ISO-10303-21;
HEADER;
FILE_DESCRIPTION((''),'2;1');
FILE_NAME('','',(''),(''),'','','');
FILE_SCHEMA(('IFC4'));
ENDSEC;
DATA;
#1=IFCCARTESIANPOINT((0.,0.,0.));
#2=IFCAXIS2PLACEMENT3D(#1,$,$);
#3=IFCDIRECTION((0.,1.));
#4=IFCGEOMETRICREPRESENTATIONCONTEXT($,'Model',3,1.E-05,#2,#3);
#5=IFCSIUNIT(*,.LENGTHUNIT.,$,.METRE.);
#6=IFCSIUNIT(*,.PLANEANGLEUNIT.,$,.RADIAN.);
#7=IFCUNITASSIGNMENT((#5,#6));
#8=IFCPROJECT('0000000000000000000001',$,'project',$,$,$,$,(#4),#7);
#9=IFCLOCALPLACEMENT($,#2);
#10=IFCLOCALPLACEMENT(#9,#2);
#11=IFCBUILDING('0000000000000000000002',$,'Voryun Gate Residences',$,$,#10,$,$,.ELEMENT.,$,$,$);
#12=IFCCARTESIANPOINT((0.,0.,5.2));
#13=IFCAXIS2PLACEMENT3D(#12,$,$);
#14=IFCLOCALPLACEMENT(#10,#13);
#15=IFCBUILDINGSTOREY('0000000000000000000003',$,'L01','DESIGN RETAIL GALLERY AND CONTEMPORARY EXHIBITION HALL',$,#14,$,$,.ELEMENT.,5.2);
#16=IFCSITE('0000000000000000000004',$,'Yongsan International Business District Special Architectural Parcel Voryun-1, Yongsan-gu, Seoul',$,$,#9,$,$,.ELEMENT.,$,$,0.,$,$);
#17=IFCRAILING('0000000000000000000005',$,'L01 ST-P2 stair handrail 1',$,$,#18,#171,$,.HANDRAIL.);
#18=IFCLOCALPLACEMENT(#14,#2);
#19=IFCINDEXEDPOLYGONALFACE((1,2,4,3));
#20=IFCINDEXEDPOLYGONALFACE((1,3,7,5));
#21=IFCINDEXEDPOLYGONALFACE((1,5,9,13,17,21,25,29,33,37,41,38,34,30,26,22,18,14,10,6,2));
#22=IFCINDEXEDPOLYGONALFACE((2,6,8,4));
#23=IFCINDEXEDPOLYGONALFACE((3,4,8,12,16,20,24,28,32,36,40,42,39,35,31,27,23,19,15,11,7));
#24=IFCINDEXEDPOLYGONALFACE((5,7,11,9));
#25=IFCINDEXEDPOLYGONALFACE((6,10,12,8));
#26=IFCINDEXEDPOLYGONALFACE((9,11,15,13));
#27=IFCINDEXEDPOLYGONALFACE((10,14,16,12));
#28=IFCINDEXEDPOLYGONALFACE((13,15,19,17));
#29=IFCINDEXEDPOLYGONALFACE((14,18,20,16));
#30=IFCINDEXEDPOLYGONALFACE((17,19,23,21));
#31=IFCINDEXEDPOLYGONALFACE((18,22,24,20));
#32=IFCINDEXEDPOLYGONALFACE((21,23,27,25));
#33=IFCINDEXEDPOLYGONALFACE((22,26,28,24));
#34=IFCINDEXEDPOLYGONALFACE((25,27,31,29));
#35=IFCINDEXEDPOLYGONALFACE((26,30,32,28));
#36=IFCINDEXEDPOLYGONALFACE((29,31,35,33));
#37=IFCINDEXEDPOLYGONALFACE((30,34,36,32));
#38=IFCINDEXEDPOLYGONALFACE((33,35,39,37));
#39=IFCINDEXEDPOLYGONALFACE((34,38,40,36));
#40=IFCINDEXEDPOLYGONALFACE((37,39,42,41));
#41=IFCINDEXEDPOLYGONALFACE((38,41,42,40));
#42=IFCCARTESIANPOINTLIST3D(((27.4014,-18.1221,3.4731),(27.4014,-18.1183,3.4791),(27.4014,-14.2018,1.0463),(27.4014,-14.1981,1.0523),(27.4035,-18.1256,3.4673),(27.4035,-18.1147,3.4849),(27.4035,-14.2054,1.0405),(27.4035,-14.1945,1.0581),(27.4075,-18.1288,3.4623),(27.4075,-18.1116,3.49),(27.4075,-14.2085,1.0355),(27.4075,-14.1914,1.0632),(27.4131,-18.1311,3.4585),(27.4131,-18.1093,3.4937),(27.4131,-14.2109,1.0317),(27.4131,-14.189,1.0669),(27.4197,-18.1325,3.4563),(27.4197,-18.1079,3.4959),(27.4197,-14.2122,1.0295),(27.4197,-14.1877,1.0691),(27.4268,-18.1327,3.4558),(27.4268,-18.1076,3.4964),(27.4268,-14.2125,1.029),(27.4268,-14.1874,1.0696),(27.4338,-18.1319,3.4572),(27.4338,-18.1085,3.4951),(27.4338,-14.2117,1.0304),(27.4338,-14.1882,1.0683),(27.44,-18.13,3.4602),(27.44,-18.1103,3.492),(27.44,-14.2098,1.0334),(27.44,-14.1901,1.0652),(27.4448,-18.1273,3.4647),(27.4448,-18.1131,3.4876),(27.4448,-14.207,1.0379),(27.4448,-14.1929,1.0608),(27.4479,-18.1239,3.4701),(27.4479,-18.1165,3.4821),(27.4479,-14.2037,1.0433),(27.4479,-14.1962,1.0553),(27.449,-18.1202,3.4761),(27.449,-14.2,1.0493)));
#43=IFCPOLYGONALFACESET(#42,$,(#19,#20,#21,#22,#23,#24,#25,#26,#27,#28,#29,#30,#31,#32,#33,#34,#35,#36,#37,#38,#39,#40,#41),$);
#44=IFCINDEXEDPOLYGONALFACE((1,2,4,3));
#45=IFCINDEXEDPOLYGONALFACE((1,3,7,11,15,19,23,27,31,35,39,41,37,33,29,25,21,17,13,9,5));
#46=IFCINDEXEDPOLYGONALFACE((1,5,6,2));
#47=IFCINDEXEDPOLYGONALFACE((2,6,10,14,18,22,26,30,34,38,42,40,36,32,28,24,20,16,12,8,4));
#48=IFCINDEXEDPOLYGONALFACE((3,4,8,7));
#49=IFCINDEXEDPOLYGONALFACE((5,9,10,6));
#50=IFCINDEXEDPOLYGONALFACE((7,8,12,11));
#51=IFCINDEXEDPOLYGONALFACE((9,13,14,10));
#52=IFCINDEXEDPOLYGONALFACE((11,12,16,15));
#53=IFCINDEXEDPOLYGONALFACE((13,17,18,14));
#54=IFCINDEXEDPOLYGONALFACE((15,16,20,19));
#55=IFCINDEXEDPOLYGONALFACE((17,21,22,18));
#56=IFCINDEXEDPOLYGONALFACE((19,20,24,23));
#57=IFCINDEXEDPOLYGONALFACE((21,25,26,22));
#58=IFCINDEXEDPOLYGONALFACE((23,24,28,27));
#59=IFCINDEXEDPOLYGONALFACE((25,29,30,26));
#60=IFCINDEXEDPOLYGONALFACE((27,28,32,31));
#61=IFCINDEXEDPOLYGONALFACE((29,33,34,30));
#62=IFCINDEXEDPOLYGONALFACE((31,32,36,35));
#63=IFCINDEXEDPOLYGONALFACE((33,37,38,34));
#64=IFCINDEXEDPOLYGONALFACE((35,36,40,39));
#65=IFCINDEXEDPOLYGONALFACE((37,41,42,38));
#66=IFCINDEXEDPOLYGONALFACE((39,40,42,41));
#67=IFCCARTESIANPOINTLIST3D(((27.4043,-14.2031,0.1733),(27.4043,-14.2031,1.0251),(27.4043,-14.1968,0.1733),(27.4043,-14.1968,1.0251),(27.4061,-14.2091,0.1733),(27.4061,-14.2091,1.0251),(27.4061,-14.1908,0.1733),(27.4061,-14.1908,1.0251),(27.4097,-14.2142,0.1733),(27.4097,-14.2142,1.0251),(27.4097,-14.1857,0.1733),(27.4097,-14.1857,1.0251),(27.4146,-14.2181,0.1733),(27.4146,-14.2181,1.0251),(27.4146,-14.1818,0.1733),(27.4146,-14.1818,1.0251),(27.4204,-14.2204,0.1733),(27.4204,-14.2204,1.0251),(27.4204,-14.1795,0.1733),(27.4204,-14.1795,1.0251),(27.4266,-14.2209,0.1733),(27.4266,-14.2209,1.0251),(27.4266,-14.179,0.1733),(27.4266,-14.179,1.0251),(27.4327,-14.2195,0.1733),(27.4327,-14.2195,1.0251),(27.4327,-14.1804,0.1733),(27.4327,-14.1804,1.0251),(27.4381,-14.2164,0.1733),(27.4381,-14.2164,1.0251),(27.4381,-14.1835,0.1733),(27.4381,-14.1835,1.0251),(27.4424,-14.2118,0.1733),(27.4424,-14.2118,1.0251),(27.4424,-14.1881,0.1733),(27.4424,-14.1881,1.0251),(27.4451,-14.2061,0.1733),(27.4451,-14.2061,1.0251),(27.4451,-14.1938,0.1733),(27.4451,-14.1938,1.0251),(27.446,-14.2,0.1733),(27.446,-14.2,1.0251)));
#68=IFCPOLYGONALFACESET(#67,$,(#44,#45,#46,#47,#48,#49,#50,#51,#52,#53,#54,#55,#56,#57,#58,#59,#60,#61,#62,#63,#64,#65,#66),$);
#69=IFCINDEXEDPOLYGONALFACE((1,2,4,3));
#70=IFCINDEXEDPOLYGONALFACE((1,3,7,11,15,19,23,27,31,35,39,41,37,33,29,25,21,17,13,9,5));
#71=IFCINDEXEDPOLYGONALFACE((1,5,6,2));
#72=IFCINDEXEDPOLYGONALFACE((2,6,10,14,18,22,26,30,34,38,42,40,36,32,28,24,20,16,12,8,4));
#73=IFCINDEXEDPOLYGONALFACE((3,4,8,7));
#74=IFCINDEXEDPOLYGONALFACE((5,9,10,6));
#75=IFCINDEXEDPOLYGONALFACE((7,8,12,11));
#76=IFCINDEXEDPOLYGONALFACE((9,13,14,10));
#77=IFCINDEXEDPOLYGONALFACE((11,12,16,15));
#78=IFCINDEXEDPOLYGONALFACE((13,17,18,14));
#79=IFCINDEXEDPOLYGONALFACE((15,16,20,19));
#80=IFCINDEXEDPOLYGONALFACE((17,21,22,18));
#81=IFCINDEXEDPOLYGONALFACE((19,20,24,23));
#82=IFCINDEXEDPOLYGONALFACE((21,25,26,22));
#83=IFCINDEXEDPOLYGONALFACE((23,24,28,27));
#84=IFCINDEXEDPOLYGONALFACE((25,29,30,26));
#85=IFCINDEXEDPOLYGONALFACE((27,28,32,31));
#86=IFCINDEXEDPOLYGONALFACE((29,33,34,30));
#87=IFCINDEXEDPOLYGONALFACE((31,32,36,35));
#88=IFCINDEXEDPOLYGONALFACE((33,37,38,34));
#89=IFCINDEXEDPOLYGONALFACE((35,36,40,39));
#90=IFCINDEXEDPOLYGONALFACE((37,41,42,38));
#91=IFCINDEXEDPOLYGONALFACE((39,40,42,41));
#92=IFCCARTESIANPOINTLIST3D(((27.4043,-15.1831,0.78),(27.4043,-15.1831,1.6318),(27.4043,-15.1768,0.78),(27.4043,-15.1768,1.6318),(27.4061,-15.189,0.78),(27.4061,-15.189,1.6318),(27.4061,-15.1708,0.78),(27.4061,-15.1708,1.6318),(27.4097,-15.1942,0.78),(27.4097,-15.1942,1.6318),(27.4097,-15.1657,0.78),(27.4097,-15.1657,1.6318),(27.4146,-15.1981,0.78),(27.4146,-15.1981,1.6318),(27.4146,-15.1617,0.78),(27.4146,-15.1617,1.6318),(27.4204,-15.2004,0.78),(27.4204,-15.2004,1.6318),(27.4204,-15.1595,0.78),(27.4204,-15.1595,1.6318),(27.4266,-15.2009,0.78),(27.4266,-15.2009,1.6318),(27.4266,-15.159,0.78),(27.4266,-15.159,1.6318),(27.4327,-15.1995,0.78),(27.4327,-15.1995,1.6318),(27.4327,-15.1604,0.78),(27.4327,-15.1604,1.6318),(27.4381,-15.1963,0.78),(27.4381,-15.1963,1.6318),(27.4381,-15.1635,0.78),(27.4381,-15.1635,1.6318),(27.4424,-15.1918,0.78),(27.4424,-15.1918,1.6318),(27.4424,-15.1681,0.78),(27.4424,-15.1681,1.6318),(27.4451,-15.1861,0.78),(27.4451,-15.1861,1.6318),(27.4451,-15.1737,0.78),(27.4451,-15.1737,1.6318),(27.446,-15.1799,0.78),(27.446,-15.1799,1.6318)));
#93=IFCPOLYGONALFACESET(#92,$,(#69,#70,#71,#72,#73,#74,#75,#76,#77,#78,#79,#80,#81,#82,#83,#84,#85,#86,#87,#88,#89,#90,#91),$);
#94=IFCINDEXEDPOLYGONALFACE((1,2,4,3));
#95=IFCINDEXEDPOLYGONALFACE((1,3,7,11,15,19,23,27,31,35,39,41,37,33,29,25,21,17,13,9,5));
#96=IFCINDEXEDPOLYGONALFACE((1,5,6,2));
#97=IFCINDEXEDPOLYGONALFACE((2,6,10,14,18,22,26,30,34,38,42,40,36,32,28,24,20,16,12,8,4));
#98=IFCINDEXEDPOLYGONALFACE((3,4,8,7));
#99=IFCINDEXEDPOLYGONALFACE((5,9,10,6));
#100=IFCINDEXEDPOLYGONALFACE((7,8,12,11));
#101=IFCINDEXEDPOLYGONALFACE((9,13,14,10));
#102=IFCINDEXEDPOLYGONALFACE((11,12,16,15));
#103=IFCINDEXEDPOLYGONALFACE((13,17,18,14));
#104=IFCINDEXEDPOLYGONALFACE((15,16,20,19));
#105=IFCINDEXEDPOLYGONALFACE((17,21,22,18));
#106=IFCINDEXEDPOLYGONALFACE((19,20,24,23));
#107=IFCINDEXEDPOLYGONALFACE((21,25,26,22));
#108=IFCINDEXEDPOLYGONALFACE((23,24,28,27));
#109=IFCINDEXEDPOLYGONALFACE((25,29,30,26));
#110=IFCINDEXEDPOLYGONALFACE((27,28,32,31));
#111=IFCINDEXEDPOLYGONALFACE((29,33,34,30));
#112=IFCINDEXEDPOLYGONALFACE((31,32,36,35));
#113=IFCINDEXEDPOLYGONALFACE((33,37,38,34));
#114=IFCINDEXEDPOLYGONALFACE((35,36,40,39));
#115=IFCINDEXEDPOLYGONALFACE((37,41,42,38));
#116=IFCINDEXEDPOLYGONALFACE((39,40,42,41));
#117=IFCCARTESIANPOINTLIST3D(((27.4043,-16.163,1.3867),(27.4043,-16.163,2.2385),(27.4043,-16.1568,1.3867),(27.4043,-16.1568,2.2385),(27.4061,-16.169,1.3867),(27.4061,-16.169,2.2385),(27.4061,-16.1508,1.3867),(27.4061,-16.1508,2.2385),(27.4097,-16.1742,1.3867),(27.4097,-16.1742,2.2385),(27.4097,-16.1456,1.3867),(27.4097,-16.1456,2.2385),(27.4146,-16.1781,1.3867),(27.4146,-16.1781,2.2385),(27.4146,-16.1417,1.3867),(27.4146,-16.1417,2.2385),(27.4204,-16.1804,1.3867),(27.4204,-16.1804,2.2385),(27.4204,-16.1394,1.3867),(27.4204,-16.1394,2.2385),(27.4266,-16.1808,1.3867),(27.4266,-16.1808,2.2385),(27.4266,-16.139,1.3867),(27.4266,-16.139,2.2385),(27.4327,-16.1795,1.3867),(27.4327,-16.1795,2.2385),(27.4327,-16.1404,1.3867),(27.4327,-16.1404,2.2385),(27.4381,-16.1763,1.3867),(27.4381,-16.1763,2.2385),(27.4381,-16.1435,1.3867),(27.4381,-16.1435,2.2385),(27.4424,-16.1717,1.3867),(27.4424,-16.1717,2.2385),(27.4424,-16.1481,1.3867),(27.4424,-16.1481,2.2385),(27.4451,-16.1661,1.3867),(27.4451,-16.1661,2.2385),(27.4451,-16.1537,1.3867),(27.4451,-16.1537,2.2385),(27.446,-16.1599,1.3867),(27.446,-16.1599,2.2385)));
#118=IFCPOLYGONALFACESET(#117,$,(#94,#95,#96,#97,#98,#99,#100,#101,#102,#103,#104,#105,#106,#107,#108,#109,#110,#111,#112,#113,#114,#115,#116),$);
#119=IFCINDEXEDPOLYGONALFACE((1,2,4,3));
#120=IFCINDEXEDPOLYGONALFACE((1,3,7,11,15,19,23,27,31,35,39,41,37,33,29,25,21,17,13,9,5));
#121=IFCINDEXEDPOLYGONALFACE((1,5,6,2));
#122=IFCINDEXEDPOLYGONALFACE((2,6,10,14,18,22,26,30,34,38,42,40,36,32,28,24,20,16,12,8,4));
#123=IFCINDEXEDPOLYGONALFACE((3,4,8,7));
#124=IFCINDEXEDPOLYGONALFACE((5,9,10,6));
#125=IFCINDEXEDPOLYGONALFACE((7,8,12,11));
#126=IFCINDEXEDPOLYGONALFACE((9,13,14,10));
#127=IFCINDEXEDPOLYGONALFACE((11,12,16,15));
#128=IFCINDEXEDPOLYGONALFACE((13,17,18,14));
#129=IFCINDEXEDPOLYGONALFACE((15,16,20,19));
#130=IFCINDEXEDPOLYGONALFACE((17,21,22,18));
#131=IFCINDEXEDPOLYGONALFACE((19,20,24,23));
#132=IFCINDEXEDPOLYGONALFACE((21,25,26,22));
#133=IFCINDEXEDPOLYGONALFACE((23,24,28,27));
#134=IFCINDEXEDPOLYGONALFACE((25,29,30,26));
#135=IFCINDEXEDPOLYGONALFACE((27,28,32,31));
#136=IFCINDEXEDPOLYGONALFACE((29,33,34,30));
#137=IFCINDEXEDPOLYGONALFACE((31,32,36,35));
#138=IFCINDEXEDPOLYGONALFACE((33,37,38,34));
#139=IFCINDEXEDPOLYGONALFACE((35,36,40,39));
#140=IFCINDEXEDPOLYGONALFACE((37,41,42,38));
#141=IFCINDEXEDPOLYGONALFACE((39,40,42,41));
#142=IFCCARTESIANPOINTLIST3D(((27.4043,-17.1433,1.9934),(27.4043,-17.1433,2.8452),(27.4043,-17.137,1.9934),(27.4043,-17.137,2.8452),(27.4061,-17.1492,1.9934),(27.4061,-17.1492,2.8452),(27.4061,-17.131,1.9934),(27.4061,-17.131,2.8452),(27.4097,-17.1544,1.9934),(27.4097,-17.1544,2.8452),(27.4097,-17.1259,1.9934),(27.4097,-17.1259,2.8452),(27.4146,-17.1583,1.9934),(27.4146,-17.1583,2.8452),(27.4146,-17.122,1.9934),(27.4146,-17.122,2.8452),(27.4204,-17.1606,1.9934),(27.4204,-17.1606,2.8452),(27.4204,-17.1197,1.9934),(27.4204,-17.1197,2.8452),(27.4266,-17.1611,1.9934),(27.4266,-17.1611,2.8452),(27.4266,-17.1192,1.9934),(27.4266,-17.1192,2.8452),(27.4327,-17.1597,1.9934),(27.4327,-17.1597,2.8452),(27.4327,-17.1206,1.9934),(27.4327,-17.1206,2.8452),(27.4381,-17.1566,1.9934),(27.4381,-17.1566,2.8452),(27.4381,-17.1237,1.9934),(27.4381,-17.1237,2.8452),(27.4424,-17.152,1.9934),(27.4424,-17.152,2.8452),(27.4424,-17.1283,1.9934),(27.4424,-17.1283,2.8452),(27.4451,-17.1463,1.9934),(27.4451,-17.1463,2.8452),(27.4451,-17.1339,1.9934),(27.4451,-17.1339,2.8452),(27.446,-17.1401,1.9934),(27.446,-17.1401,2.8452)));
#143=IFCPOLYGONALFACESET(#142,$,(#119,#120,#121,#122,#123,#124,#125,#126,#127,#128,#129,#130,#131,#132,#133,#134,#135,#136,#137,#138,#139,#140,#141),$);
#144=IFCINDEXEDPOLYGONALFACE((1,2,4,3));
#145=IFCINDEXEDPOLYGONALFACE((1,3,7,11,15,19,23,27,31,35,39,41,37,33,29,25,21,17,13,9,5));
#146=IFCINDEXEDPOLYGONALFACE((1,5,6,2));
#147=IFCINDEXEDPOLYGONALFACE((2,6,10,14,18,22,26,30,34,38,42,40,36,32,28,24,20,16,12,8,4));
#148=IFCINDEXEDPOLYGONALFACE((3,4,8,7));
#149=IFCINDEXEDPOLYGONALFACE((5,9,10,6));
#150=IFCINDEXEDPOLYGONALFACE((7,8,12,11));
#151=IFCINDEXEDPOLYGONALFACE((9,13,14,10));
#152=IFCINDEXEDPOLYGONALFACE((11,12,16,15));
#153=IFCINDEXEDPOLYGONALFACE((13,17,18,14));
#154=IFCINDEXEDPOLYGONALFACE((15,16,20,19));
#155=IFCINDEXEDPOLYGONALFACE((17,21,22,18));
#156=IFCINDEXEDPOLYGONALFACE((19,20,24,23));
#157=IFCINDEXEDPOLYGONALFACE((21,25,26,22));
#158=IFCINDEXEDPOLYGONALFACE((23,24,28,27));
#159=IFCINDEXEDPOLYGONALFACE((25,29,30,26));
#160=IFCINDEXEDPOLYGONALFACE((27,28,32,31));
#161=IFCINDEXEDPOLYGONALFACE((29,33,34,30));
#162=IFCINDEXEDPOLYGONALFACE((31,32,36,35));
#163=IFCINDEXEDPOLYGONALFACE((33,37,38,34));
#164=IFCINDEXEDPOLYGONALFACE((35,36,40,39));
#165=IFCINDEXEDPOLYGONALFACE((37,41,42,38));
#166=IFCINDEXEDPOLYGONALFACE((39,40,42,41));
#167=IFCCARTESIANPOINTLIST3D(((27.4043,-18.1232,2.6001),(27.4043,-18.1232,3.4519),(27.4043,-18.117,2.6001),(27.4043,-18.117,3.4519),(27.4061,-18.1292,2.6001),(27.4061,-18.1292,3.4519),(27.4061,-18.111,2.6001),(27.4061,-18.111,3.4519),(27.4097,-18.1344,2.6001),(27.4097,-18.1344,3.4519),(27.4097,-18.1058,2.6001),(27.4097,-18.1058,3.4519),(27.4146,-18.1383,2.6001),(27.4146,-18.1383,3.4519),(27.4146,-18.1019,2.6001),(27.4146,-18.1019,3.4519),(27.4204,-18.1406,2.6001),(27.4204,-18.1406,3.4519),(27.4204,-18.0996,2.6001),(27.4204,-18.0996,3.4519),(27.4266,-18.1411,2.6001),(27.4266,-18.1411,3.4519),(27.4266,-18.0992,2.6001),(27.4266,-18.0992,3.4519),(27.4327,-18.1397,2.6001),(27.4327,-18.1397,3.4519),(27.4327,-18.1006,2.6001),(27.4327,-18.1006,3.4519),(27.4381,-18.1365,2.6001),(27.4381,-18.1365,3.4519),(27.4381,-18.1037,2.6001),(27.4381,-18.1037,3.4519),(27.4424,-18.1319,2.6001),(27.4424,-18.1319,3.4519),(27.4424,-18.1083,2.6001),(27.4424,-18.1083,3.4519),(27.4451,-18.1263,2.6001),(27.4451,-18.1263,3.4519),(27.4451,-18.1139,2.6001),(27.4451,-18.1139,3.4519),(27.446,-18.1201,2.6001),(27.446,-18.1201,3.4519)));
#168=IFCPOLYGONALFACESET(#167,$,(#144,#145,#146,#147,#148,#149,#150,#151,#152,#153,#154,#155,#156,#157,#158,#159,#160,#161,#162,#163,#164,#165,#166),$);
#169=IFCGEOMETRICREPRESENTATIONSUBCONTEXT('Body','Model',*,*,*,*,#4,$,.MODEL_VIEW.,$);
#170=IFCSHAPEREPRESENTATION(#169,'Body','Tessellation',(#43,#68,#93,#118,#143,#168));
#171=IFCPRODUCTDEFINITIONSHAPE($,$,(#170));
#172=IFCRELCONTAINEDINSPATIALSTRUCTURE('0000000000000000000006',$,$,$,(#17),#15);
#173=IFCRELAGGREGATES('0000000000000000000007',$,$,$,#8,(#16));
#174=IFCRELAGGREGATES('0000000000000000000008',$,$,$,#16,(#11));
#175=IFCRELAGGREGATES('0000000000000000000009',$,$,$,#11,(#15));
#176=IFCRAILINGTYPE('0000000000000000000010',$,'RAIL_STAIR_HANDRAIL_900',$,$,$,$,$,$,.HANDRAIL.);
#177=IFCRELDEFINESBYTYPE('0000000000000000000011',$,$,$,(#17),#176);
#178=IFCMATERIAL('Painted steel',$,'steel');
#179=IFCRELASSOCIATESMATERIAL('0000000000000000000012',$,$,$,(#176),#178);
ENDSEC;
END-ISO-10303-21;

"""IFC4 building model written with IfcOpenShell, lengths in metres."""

from ifc_helpers import new_model, si_unit, direction, frame, origin, origin_2d, place, context, subcontext, project, spatial, circle, extrude, material, type_object, element, save


model = new_model("IFC4")

# Units and contexts
model_context = context("Model", 3, precision=1e-05, world=origin(), true_north=direction((0.0, 1.0)))
body_context = subcontext(model_context, "Body", "Model", "MODEL_VIEW")
ifc_project = project(units=[si_unit("LENGTHUNIT", "METRE"), si_unit("PLANEANGLEUNIT", "RADIAN")], contexts=[model_context])

# Site, building, storey
site_placement = place(None, origin())
site = spatial("IfcSite", under=ifc_project, at=site_placement, Name="Yongsan International Business District Special Architectural Parcel Voryun-1, Yongsan-gu, Seoul", CompositionType="ELEMENT", RefElevation=0.0)
building_placement = place(site_placement, origin())
building = spatial("IfcBuilding", under=site, at=building_placement, Name="Voryun Gate Residences", CompositionType="ELEMENT")
storey_placement = place(building_placement, frame((0.0, 0.0, 5.2)))
storey = spatial("IfcBuildingStorey", under=building, at=storey_placement, Name="L01", Description="DESIGN RETAIL GALLERY AND CONTEMPORARY EXHIBITION HALL", CompositionType="ELEMENT", Elevation=5.2)

# Railing
ifc_material_1 = material(Name="Painted steel", Category="steel")
railing_type_1 = type_object("IfcRailingType", Name="RAIL_STAIR_HANDRAIL_900", PredefinedType="HANDRAIL", material=ifc_material_1)
railing_1_placement = place(storey_placement, frame((27.425, -14.2, 0.1733)))
element("IfcRailing", 1, at=railing_1_placement, inside=storey, type_object=railing_type_1, Name="L01 ST-P2 stair handrail 1", PredefinedType="HANDRAIL", context=body_context, shape_type="SweptSolid", body=[
    extrude(circle(Radius=0.0239, at=origin_2d()), frame((0.0, 0.0, 0.876), z_axis=(0.0, -0.850266, 0.526353), x_axis=(1.0, 0.0, 0.0)), (0.0, 0.0, 1.0), 4.6106),
    extrude(circle(Radius=0.021, at=origin_2d()), origin(), (0.0, 0.0, 1.0), 0.8518),
    extrude(circle(Radius=0.021, at=origin_2d()), frame((0.0, -0.98, 0.6067)), (0.0, 0.0, 1.0), 0.8518),
    extrude(circle(Radius=0.021, at=origin_2d()), frame((0.0, -1.96, 1.2134)), (0.0, 0.0, 1.0), 0.8518),
    extrude(circle(Radius=0.021, at=origin_2d()), frame((0.0, -2.9402, 1.8201)), (0.0, 0.0, 1.0), 0.8518),
    extrude(circle(Radius=0.021, at=origin_2d()), frame((0.0, -3.9202, 2.4268)), (0.0, 0.0, 1.0), 0.8518),
])

save(model, "model.ifc")
